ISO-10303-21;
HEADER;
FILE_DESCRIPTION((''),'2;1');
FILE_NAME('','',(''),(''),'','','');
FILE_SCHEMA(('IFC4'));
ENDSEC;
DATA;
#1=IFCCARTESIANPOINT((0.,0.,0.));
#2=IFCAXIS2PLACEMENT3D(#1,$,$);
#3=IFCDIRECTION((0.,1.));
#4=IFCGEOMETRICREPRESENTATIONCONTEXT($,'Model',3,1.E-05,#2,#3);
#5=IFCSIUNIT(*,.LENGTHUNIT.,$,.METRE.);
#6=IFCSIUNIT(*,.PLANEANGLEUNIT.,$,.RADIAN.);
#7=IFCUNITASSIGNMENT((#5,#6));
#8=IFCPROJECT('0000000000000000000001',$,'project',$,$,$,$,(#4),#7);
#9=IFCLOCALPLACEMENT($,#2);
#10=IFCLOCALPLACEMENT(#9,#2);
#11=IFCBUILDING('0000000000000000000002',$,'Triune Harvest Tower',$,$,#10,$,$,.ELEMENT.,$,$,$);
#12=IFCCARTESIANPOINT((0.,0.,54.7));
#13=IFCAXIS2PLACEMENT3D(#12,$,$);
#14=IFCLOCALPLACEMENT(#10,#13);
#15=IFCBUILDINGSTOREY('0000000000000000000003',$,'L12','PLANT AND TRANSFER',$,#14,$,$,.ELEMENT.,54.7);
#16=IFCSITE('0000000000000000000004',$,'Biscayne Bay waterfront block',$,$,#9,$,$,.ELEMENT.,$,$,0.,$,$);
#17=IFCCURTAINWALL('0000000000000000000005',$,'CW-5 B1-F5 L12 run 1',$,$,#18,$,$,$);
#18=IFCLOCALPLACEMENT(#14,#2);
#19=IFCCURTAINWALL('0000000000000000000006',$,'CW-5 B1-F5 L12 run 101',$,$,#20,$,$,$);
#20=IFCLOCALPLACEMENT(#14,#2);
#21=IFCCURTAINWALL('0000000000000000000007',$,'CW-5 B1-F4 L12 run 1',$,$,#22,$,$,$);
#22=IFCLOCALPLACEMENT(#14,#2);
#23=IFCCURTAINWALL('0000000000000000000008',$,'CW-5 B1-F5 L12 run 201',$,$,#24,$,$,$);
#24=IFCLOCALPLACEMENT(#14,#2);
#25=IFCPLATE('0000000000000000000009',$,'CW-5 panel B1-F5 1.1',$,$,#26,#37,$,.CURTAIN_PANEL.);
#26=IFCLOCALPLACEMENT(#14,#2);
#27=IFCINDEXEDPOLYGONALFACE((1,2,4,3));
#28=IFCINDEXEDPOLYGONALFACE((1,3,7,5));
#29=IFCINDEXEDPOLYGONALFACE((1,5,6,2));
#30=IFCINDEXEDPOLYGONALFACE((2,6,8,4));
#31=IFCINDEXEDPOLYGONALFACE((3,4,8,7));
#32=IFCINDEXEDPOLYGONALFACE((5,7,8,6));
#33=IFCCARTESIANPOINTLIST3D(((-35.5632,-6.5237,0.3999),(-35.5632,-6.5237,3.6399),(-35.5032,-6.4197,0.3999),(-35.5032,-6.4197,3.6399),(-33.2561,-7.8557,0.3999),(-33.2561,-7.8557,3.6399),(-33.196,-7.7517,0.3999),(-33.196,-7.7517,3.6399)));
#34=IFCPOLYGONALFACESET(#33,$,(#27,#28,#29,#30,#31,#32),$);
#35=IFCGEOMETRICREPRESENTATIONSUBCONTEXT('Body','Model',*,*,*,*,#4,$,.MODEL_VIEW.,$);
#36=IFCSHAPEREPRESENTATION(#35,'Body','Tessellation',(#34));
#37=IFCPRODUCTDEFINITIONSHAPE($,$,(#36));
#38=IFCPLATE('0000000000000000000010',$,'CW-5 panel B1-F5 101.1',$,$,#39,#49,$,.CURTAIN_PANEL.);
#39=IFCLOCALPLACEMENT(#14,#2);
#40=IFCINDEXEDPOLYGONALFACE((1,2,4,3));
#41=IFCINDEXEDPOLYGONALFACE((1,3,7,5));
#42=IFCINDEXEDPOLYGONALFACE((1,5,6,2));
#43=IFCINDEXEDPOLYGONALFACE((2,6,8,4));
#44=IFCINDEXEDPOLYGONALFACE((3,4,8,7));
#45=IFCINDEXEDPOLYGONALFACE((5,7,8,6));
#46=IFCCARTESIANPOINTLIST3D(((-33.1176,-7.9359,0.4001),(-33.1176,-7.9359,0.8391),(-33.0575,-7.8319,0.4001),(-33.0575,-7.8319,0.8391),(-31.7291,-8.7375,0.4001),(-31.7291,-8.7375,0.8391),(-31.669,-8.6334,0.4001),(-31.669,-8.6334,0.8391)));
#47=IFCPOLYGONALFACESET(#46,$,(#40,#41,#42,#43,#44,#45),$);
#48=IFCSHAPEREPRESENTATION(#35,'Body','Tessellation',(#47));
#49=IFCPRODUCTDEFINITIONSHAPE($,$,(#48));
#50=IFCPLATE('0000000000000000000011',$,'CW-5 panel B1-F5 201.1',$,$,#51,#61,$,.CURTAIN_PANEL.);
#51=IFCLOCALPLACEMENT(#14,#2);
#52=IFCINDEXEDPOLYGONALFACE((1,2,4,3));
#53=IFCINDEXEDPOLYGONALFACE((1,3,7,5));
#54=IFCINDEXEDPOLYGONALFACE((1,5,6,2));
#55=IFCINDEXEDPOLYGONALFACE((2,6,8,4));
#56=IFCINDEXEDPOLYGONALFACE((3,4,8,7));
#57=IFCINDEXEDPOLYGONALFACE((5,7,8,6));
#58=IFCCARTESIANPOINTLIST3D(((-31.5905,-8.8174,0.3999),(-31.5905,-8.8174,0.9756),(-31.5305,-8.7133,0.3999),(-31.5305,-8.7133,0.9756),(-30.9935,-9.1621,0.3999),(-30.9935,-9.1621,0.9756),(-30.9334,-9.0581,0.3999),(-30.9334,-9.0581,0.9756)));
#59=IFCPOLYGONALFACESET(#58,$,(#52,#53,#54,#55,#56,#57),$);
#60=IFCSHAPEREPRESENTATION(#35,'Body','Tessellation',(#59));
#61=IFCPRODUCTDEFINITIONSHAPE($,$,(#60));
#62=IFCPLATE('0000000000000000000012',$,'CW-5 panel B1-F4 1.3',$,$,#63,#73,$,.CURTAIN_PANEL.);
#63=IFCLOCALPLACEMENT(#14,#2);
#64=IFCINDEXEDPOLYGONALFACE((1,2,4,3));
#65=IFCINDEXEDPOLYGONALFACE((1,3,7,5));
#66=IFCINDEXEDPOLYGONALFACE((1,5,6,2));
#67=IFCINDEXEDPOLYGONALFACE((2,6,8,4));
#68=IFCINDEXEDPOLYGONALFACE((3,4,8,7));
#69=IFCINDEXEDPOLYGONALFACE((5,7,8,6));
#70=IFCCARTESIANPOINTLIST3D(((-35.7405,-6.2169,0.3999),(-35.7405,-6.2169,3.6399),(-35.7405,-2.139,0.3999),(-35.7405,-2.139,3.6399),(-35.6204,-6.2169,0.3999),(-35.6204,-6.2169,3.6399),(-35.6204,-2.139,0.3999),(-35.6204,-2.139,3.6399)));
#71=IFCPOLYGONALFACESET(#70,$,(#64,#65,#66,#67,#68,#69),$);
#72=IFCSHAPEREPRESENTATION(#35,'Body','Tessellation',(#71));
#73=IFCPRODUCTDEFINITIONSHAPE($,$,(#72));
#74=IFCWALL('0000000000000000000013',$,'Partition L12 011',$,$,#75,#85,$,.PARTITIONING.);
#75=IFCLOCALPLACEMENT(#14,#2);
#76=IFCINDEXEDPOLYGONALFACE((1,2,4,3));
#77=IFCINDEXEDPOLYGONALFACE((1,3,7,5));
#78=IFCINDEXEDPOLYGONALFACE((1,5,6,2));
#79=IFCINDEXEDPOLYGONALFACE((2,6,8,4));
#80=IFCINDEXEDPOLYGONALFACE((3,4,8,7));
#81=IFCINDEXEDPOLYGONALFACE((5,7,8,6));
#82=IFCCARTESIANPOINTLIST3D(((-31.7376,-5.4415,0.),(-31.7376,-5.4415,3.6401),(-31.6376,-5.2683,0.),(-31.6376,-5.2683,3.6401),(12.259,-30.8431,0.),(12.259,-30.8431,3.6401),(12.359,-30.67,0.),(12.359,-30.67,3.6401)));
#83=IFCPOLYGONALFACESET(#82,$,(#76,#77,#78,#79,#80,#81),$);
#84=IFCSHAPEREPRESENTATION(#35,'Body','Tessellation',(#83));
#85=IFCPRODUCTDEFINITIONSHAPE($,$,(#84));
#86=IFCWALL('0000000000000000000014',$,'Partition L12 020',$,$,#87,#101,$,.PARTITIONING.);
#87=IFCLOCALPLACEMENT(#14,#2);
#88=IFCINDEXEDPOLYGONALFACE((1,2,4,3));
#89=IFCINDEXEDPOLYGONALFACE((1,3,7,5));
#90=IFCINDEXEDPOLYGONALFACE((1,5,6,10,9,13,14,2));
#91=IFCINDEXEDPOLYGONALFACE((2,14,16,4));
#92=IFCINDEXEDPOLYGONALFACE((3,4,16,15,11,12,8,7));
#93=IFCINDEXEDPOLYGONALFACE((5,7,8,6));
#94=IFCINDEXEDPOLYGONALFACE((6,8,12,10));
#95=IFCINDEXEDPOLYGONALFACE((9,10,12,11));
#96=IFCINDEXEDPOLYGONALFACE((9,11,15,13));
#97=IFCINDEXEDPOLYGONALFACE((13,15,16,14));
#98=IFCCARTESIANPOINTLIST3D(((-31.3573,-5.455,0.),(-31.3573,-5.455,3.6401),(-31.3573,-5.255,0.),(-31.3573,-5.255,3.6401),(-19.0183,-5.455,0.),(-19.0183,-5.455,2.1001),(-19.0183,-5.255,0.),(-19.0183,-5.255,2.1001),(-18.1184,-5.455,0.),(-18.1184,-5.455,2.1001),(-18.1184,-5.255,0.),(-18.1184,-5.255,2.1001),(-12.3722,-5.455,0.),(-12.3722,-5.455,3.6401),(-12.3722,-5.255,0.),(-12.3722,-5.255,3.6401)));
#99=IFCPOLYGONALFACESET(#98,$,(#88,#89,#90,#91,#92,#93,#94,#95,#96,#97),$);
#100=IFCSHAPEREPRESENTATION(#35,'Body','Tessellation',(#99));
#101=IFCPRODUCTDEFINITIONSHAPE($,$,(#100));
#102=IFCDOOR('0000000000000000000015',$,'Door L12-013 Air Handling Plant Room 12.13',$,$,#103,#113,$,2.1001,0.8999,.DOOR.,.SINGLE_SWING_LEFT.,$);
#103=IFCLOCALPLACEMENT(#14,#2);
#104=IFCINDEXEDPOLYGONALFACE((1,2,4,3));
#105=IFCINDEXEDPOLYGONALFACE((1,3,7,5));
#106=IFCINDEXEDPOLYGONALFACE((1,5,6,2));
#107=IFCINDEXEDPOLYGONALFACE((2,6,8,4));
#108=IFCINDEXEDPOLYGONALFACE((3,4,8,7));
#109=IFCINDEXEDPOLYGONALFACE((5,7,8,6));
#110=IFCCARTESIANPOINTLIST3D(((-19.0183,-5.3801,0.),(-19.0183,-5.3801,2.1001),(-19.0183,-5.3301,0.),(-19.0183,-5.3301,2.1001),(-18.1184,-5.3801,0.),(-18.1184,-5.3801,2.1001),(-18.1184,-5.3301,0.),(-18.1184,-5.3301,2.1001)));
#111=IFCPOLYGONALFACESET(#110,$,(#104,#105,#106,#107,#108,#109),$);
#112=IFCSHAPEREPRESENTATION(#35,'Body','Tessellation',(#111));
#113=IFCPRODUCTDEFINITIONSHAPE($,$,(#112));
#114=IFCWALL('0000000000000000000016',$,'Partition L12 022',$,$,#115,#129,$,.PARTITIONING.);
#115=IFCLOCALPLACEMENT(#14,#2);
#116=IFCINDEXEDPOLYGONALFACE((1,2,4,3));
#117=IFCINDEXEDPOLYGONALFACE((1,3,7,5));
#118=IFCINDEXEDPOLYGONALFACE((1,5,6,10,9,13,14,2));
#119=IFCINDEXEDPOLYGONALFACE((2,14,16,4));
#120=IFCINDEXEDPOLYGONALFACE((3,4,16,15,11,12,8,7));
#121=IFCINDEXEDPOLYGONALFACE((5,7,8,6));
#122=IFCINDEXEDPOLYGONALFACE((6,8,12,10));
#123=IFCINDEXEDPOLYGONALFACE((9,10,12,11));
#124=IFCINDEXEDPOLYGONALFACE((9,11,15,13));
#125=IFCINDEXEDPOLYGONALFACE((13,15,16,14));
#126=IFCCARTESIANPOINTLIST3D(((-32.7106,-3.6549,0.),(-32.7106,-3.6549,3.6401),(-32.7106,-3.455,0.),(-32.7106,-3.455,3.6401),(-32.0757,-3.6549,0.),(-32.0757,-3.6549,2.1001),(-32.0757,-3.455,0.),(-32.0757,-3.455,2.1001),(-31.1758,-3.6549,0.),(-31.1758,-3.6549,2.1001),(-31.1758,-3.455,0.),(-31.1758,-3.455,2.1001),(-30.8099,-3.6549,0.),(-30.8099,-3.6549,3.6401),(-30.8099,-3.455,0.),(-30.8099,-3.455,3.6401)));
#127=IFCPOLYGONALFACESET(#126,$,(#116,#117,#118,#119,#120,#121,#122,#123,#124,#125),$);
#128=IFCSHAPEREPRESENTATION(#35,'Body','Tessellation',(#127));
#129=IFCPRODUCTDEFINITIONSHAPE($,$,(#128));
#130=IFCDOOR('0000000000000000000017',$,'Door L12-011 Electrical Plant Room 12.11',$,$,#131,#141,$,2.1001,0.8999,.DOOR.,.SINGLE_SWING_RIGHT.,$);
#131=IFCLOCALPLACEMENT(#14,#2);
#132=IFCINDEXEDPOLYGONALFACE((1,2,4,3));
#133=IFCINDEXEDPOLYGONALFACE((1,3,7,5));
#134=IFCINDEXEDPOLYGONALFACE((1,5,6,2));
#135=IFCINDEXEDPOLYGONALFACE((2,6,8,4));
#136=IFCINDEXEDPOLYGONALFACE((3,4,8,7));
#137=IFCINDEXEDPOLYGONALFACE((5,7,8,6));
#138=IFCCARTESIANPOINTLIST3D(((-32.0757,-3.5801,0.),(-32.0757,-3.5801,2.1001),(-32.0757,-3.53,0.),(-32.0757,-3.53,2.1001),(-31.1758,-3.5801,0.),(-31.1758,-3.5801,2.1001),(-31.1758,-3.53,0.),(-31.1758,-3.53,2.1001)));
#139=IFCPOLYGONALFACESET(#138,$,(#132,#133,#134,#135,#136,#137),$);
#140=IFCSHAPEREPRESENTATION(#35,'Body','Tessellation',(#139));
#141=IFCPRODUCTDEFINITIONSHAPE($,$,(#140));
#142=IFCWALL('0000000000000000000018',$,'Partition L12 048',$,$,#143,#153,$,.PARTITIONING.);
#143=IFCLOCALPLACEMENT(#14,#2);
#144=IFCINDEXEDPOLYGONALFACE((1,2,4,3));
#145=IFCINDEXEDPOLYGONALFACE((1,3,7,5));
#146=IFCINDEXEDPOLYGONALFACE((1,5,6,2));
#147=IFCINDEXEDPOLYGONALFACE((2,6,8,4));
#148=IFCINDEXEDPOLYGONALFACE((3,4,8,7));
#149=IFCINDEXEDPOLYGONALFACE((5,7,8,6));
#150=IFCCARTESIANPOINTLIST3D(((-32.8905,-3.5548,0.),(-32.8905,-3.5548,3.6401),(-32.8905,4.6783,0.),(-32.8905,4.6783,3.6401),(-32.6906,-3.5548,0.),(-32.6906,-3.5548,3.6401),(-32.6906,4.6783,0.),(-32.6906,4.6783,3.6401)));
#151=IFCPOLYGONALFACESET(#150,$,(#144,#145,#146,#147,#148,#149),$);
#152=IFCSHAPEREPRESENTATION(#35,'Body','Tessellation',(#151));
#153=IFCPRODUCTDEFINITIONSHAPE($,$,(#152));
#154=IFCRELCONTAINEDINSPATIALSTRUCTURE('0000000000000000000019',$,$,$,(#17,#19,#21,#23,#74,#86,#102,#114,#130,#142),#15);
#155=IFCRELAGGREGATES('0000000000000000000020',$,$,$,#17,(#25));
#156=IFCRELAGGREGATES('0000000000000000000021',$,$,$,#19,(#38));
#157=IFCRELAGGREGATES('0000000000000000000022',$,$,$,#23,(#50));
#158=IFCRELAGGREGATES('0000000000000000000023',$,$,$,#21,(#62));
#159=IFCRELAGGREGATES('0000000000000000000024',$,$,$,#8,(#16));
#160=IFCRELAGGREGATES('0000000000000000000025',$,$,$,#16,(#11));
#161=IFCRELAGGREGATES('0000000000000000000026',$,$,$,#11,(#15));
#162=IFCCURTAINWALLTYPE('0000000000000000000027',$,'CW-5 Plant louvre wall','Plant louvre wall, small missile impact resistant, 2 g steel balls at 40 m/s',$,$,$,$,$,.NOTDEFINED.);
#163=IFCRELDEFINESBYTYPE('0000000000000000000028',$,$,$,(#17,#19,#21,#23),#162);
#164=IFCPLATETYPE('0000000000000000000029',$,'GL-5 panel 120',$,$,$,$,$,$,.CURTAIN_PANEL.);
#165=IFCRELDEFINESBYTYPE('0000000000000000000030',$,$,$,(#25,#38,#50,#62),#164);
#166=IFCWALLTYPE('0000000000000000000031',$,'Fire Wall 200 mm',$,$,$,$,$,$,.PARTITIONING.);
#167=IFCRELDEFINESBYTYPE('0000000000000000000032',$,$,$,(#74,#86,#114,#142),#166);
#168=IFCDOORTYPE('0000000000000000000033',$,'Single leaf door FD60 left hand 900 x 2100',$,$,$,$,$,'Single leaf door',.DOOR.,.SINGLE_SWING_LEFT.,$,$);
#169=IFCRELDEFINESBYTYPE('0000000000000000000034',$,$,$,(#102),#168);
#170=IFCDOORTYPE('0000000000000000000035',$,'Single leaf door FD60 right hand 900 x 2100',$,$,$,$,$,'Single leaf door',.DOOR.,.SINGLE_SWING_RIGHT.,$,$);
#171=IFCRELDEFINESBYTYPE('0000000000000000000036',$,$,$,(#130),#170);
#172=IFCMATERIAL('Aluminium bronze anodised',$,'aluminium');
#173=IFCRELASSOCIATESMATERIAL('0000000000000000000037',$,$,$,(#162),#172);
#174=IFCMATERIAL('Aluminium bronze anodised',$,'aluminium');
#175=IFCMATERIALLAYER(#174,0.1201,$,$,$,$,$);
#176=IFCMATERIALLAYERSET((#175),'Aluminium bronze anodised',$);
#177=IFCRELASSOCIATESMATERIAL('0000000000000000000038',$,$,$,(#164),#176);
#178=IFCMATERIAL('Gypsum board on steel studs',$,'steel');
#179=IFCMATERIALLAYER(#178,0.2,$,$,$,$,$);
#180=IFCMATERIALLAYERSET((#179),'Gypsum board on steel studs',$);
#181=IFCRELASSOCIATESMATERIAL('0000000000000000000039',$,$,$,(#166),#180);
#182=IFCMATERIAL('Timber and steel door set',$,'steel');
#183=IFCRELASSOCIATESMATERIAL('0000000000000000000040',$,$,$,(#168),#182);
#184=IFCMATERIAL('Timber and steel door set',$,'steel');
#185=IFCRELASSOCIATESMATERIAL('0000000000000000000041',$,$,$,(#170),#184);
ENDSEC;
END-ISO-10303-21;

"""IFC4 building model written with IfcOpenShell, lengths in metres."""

from ifc_helpers import new_model, si_unit, direction, frame, frame_2d, origin, origin_2d, place, context, subcontext, project, spatial, rectangle, extrude, source, transform, mapped, material, layer, layer_set, type_object, element, fill, aggregate, save


model = new_model("IFC4")

# Units and contexts
model_context = context("Model", 3, precision=1e-05, world=origin(), true_north=direction((0.0, 1.0)))
body_context = subcontext(model_context, "Body", "Model", "MODEL_VIEW")
ifc_project = project(units=[si_unit("LENGTHUNIT", "METRE"), si_unit("PLANEANGLEUNIT", "RADIAN")], contexts=[model_context])

# Site, building, storey
site_placement = place(None, origin())
site = spatial("IfcSite", under=ifc_project, at=site_placement, Name="Biscayne Bay waterfront block", CompositionType="ELEMENT", RefElevation=0.0)
building_placement = place(site_placement, origin())
building = spatial("IfcBuilding", under=site, at=building_placement, Name="Triune Harvest Tower", CompositionType="ELEMENT")
storey_placement = place(building_placement, frame((0.0, 0.0, 54.7)))
storey = spatial("IfcBuildingStorey", under=building, at=storey_placement, Name="L12", Description="PLANT AND TRANSFER", CompositionType="ELEMENT", Elevation=54.7)

# Curtain walls
ifc_material_1 = material(Name="Aluminium bronze anodised", Category="aluminium")
curtain_wall_type = type_object("IfcCurtainWallType", Name="CW-5 Plant louvre wall", Description="Plant louvre wall, small missile impact resistant, 2 g steel balls at 40 m/s", PredefinedType="NOTDEFINED", material=ifc_material_1)
curtain_wall_1_placement = place(storey_placement, origin())
curtain_wall_1 = element("IfcCurtainWall", 1, at=curtain_wall_1_placement, inside=storey, type_object=curtain_wall_type, Name="CW-5 B1-F5 L12 run 1")
curtain_wall_2_placement = place(storey_placement, origin())
curtain_wall_2 = element("IfcCurtainWall", 2, at=curtain_wall_2_placement, inside=storey, type_object=curtain_wall_type, Name="CW-5 B1-F5 L12 run 101")

# Curtain wall
curtain_wall_3_placement = place(storey_placement, origin())
curtain_wall_3 = element("IfcCurtainWall", 3, at=curtain_wall_3_placement, inside=storey, type_object=curtain_wall_type, Name="CW-5 B1-F4 L12 run 1")

# Curtain wall
curtain_wall_4_placement = place(storey_placement, origin())
curtain_wall_4 = element("IfcCurtainWall", 4, at=curtain_wall_4_placement, inside=storey, type_object=curtain_wall_type, Name="CW-5 B1-F5 L12 run 201")

# Plates
ifc_material_2 = material(Name="Aluminium bronze anodised", Category="aluminium")
ifc_layer_1 = layer(ifc_material_2, 0.1201)
ifc_layer_set_1 = layer_set([ifc_layer_1], Name="Aluminium bronze anodised")
plate_type = type_object("IfcPlateType", Name="GL-5 panel 120", PredefinedType="CURTAIN_PANEL", material=ifc_layer_set_1)
plate_1_placement = place(storey_placement, frame((-34.3796, -7.1377, 0.3999), z_axis=(0.0, 0.0, 1.0), x_axis=(0.866029, -0.499993, 0.0)))
plate_1 = element("IfcPlate", 5, at=plate_1_placement, type_object=plate_type, Name="CW-5 panel B1-F5 1.1", PredefinedType="CURTAIN_PANEL", context=body_context, shape_type="SweptSolid", body=[
    extrude(rectangle(XDim=2.6641, YDim=0.1201, at=origin_2d()), origin(), (0.0, 0.0, 1.0), 3.24),
])
aggregate(curtain_wall_1, [plate_1])
plate_2_placement = place(storey_placement, frame((-32.3933, -8.2847, 0.4001), z_axis=(0.0, 0.0, 1.0), x_axis=(0.866043, -0.49997, 0.0)))
plate_2 = element("IfcPlate", 6, at=plate_2_placement, type_object=plate_type, Name="CW-5 panel B1-F5 101.1", PredefinedType="CURTAIN_PANEL", context=body_context, shape_type="SweptSolid", body=[
    extrude(rectangle(XDim=1.6033, YDim=0.1201, at=origin_2d()), origin(), (0.0, 0.0, 1.0), 0.439),
])
aggregate(curtain_wall_2, [plate_2])
plate_3_placement = place(storey_placement, frame((-31.262, -8.9377, 0.3999), z_axis=(0.0, 0.0, 1.0), x_axis=(0.865974, -0.500089, 0.0)))
plate_3 = element("IfcPlate", 7, at=plate_3_placement, type_object=plate_type, Name="CW-5 panel B1-F5 201.1", PredefinedType="CURTAIN_PANEL", context=body_context, shape_type="SweptSolid", body=[
    extrude(rectangle(XDim=0.6895, YDim=0.1201, at=origin_2d()), origin(), (0.0, 0.0, 1.0), 0.5757),
])
aggregate(curtain_wall_4, [plate_3])
shared_shape_1 = source(origin(), body_context, "Body", "SweptSolid", [
    extrude(rectangle(XDim=4.0779, YDim=0.1201, at=origin_2d()), origin(), (0.0, 0.0, 1.0), 3.24),
])
plate_4_placement = place(storey_placement, frame((-35.6804, -4.178, 0.3999), z_axis=(0.0, 0.0, 1.0), x_axis=(0.0, -1.0, 0.0)))
plate_4 = element("IfcPlate", 8, at=plate_4_placement, type_object=plate_type, Name="CW-5 panel B1-F4 1.3", PredefinedType="CURTAIN_PANEL", context=body_context, shape_type="MappedRepresentation", body=[
    mapped(shared_shape_1, transform((0.0, 0.0, 0.0), scale=1.0)),
])
aggregate(curtain_wall_3, [plate_4])

# Wall
ifc_material_3 = material(Name="Gypsum board on steel studs", Category="steel")
ifc_layer_2 = layer(ifc_material_3, 0.2)
ifc_layer_set_2 = layer_set([ifc_layer_2], Name="Gypsum board on steel studs")
wall_type = type_object("IfcWallType", Name="Fire Wall 200 mm", PredefinedType="PARTITIONING", material=ifc_layer_set_2)
wall_1_placement = place(storey_placement, frame((-31.6875, -5.355, 0.0), z_axis=(0.0, 0.0, 1.0), x_axis=(0.866024, -0.500003, 0.0)))
element("IfcWall", 9, at=wall_1_placement, inside=storey, type_object=wall_type, Name="Partition L12 011", PredefinedType="PARTITIONING", context=body_context, shape_type="SweptSolid", body=[
    extrude(rectangle(XDim=50.803, YDim=0.2, at=frame_2d((25.4014, 0.0))), origin(), (0.0, 0.0, 1.0), 3.6401),
])

# Walls, openings, doors
wall_2_placement = place(storey_placement, frame((-31.3574, -5.355, 0.0), z_axis=(0.0, 0.0, 1.0), x_axis=(1.0, 0.0, 0.0)))
wall_2 = element("IfcWall", 10, at=wall_2_placement, inside=storey, type_object=wall_type, Name="Partition L12 020", PredefinedType="PARTITIONING", context=body_context, shape_type="SweptSolid", body=[
    extrude(rectangle(XDim=18.9851, YDim=0.2, at=frame_2d((9.4927, 0.0))), origin(), (0.0, 0.0, 1.0), 3.6401),
])
opening_1_placement = place(wall_2_placement, frame((12.3391, 0.0, 0.0)))
opening_1 = element("IfcOpeningElement", 11, at=opening_1_placement, cuts=wall_2, PredefinedType="OPENING", context=body_context, shape_type="SweptSolid", body=[
    extrude(rectangle(XDim=0.8999, YDim=2.1001, at=frame_2d((0.45, 1.05))), frame((0.0, 0.1099, 0.0), z_axis=(0.0, -1.0, 0.0), x_axis=(1.0, 0.0, 0.0)), (0.0, 0.0, 1.0), 0.22),
])
ifc_material_4 = material(Name="Timber and steel door set", Category="steel")
door_type_1 = type_object("IfcDoorType", Name="Single leaf door FD60 left hand 900 x 2100", ElementType="Single leaf door", OperationType="SINGLE_SWING_LEFT", PredefinedType="DOOR", material=ifc_material_4)
door_1_placement = place(opening_1_placement, origin())
door_1 = element("IfcDoor", 12, at=door_1_placement, inside=storey, type_object=door_type_1, Name="Door L12-013 Air Handling Plant Room 12.13", OperationType="SINGLE_SWING_LEFT", OverallHeight=2.1001, OverallWidth=0.8999, PredefinedType="DOOR", context=body_context, shape_type="SweptSolid", body=[
    extrude(rectangle(XDim=0.8999, YDim=2.1001, at=frame_2d((0.45, 1.05))), frame((0.0, 0.0249, 0.0), z_axis=(0.0, -1.0, 0.0), x_axis=(1.0, 0.0, 0.0)), (0.0, 0.0, 1.0), 0.05),
])
fill(opening_1, door_1)
wall_3_placement = place(storey_placement, frame((-32.7104, -3.5549, 0.0), z_axis=(0.0, 0.0, 1.0), x_axis=(1.0, 0.0, 0.0)))
wall_3 = element("IfcWall", 13, at=wall_3_placement, inside=storey, type_object=wall_type, Name="Partition L12 022", PredefinedType="PARTITIONING", context=body_context, shape_type="SweptSolid", body=[
    extrude(rectangle(XDim=1.9006, YDim=0.2, at=frame_2d((0.9502, 0.0))), origin(), (0.0, 0.0, 1.0), 3.6401),
])
opening_2_placement = place(wall_3_placement, frame((0.6348, 0.0, 0.0)))
opening_2 = element("IfcOpeningElement", 14, at=opening_2_placement, cuts=wall_3, PredefinedType="OPENING", context=body_context, shape_type="SweptSolid", body=[
    extrude(rectangle(XDim=0.8999, YDim=2.1001, at=frame_2d((0.45, 1.05))), frame((0.0, 0.1099, 0.0), z_axis=(0.0, -1.0, 0.0), x_axis=(1.0, 0.0, 0.0)), (0.0, 0.0, 1.0), 0.22),
])
ifc_material_5 = material(Name="Timber and steel door set", Category="steel")
door_type_2 = type_object("IfcDoorType", Name="Single leaf door FD60 right hand 900 x 2100", ElementType="Single leaf door", OperationType="SINGLE_SWING_RIGHT", PredefinedType="DOOR", material=ifc_material_5)
door_2_placement = place(opening_2_placement, origin())
door_2 = element("IfcDoor", 15, at=door_2_placement, inside=storey, type_object=door_type_2, Name="Door L12-011 Electrical Plant Room 12.11", OperationType="SINGLE_SWING_RIGHT", OverallHeight=2.1001, OverallWidth=0.8999, PredefinedType="DOOR", context=body_context, shape_type="SweptSolid", body=[
    extrude(rectangle(XDim=0.8999, YDim=2.1001, at=frame_2d((0.45, 1.05))), frame((0.0, 0.0249, 0.0), z_axis=(0.0, -1.0, 0.0), x_axis=(1.0, 0.0, 0.0)), (0.0, 0.0, 1.0), 0.05),
])
fill(opening_2, door_2)

# Wall
wall_4_placement = place(storey_placement, frame((-32.7905, -3.5549, 0.0), z_axis=(0.0, 0.0, 1.0), x_axis=(0.0, 1.0, 0.0)))
element("IfcWall", 16, at=wall_4_placement, inside=storey, type_object=wall_type, Name="Partition L12 048", PredefinedType="PARTITIONING", context=body_context, shape_type="SweptSolid", body=[
    extrude(rectangle(XDim=8.2332, YDim=0.2, at=frame_2d((4.1167, 0.0))), origin(), (0.0, 0.0, 1.0), 3.6401),
])

save(model, "model.ifc")
